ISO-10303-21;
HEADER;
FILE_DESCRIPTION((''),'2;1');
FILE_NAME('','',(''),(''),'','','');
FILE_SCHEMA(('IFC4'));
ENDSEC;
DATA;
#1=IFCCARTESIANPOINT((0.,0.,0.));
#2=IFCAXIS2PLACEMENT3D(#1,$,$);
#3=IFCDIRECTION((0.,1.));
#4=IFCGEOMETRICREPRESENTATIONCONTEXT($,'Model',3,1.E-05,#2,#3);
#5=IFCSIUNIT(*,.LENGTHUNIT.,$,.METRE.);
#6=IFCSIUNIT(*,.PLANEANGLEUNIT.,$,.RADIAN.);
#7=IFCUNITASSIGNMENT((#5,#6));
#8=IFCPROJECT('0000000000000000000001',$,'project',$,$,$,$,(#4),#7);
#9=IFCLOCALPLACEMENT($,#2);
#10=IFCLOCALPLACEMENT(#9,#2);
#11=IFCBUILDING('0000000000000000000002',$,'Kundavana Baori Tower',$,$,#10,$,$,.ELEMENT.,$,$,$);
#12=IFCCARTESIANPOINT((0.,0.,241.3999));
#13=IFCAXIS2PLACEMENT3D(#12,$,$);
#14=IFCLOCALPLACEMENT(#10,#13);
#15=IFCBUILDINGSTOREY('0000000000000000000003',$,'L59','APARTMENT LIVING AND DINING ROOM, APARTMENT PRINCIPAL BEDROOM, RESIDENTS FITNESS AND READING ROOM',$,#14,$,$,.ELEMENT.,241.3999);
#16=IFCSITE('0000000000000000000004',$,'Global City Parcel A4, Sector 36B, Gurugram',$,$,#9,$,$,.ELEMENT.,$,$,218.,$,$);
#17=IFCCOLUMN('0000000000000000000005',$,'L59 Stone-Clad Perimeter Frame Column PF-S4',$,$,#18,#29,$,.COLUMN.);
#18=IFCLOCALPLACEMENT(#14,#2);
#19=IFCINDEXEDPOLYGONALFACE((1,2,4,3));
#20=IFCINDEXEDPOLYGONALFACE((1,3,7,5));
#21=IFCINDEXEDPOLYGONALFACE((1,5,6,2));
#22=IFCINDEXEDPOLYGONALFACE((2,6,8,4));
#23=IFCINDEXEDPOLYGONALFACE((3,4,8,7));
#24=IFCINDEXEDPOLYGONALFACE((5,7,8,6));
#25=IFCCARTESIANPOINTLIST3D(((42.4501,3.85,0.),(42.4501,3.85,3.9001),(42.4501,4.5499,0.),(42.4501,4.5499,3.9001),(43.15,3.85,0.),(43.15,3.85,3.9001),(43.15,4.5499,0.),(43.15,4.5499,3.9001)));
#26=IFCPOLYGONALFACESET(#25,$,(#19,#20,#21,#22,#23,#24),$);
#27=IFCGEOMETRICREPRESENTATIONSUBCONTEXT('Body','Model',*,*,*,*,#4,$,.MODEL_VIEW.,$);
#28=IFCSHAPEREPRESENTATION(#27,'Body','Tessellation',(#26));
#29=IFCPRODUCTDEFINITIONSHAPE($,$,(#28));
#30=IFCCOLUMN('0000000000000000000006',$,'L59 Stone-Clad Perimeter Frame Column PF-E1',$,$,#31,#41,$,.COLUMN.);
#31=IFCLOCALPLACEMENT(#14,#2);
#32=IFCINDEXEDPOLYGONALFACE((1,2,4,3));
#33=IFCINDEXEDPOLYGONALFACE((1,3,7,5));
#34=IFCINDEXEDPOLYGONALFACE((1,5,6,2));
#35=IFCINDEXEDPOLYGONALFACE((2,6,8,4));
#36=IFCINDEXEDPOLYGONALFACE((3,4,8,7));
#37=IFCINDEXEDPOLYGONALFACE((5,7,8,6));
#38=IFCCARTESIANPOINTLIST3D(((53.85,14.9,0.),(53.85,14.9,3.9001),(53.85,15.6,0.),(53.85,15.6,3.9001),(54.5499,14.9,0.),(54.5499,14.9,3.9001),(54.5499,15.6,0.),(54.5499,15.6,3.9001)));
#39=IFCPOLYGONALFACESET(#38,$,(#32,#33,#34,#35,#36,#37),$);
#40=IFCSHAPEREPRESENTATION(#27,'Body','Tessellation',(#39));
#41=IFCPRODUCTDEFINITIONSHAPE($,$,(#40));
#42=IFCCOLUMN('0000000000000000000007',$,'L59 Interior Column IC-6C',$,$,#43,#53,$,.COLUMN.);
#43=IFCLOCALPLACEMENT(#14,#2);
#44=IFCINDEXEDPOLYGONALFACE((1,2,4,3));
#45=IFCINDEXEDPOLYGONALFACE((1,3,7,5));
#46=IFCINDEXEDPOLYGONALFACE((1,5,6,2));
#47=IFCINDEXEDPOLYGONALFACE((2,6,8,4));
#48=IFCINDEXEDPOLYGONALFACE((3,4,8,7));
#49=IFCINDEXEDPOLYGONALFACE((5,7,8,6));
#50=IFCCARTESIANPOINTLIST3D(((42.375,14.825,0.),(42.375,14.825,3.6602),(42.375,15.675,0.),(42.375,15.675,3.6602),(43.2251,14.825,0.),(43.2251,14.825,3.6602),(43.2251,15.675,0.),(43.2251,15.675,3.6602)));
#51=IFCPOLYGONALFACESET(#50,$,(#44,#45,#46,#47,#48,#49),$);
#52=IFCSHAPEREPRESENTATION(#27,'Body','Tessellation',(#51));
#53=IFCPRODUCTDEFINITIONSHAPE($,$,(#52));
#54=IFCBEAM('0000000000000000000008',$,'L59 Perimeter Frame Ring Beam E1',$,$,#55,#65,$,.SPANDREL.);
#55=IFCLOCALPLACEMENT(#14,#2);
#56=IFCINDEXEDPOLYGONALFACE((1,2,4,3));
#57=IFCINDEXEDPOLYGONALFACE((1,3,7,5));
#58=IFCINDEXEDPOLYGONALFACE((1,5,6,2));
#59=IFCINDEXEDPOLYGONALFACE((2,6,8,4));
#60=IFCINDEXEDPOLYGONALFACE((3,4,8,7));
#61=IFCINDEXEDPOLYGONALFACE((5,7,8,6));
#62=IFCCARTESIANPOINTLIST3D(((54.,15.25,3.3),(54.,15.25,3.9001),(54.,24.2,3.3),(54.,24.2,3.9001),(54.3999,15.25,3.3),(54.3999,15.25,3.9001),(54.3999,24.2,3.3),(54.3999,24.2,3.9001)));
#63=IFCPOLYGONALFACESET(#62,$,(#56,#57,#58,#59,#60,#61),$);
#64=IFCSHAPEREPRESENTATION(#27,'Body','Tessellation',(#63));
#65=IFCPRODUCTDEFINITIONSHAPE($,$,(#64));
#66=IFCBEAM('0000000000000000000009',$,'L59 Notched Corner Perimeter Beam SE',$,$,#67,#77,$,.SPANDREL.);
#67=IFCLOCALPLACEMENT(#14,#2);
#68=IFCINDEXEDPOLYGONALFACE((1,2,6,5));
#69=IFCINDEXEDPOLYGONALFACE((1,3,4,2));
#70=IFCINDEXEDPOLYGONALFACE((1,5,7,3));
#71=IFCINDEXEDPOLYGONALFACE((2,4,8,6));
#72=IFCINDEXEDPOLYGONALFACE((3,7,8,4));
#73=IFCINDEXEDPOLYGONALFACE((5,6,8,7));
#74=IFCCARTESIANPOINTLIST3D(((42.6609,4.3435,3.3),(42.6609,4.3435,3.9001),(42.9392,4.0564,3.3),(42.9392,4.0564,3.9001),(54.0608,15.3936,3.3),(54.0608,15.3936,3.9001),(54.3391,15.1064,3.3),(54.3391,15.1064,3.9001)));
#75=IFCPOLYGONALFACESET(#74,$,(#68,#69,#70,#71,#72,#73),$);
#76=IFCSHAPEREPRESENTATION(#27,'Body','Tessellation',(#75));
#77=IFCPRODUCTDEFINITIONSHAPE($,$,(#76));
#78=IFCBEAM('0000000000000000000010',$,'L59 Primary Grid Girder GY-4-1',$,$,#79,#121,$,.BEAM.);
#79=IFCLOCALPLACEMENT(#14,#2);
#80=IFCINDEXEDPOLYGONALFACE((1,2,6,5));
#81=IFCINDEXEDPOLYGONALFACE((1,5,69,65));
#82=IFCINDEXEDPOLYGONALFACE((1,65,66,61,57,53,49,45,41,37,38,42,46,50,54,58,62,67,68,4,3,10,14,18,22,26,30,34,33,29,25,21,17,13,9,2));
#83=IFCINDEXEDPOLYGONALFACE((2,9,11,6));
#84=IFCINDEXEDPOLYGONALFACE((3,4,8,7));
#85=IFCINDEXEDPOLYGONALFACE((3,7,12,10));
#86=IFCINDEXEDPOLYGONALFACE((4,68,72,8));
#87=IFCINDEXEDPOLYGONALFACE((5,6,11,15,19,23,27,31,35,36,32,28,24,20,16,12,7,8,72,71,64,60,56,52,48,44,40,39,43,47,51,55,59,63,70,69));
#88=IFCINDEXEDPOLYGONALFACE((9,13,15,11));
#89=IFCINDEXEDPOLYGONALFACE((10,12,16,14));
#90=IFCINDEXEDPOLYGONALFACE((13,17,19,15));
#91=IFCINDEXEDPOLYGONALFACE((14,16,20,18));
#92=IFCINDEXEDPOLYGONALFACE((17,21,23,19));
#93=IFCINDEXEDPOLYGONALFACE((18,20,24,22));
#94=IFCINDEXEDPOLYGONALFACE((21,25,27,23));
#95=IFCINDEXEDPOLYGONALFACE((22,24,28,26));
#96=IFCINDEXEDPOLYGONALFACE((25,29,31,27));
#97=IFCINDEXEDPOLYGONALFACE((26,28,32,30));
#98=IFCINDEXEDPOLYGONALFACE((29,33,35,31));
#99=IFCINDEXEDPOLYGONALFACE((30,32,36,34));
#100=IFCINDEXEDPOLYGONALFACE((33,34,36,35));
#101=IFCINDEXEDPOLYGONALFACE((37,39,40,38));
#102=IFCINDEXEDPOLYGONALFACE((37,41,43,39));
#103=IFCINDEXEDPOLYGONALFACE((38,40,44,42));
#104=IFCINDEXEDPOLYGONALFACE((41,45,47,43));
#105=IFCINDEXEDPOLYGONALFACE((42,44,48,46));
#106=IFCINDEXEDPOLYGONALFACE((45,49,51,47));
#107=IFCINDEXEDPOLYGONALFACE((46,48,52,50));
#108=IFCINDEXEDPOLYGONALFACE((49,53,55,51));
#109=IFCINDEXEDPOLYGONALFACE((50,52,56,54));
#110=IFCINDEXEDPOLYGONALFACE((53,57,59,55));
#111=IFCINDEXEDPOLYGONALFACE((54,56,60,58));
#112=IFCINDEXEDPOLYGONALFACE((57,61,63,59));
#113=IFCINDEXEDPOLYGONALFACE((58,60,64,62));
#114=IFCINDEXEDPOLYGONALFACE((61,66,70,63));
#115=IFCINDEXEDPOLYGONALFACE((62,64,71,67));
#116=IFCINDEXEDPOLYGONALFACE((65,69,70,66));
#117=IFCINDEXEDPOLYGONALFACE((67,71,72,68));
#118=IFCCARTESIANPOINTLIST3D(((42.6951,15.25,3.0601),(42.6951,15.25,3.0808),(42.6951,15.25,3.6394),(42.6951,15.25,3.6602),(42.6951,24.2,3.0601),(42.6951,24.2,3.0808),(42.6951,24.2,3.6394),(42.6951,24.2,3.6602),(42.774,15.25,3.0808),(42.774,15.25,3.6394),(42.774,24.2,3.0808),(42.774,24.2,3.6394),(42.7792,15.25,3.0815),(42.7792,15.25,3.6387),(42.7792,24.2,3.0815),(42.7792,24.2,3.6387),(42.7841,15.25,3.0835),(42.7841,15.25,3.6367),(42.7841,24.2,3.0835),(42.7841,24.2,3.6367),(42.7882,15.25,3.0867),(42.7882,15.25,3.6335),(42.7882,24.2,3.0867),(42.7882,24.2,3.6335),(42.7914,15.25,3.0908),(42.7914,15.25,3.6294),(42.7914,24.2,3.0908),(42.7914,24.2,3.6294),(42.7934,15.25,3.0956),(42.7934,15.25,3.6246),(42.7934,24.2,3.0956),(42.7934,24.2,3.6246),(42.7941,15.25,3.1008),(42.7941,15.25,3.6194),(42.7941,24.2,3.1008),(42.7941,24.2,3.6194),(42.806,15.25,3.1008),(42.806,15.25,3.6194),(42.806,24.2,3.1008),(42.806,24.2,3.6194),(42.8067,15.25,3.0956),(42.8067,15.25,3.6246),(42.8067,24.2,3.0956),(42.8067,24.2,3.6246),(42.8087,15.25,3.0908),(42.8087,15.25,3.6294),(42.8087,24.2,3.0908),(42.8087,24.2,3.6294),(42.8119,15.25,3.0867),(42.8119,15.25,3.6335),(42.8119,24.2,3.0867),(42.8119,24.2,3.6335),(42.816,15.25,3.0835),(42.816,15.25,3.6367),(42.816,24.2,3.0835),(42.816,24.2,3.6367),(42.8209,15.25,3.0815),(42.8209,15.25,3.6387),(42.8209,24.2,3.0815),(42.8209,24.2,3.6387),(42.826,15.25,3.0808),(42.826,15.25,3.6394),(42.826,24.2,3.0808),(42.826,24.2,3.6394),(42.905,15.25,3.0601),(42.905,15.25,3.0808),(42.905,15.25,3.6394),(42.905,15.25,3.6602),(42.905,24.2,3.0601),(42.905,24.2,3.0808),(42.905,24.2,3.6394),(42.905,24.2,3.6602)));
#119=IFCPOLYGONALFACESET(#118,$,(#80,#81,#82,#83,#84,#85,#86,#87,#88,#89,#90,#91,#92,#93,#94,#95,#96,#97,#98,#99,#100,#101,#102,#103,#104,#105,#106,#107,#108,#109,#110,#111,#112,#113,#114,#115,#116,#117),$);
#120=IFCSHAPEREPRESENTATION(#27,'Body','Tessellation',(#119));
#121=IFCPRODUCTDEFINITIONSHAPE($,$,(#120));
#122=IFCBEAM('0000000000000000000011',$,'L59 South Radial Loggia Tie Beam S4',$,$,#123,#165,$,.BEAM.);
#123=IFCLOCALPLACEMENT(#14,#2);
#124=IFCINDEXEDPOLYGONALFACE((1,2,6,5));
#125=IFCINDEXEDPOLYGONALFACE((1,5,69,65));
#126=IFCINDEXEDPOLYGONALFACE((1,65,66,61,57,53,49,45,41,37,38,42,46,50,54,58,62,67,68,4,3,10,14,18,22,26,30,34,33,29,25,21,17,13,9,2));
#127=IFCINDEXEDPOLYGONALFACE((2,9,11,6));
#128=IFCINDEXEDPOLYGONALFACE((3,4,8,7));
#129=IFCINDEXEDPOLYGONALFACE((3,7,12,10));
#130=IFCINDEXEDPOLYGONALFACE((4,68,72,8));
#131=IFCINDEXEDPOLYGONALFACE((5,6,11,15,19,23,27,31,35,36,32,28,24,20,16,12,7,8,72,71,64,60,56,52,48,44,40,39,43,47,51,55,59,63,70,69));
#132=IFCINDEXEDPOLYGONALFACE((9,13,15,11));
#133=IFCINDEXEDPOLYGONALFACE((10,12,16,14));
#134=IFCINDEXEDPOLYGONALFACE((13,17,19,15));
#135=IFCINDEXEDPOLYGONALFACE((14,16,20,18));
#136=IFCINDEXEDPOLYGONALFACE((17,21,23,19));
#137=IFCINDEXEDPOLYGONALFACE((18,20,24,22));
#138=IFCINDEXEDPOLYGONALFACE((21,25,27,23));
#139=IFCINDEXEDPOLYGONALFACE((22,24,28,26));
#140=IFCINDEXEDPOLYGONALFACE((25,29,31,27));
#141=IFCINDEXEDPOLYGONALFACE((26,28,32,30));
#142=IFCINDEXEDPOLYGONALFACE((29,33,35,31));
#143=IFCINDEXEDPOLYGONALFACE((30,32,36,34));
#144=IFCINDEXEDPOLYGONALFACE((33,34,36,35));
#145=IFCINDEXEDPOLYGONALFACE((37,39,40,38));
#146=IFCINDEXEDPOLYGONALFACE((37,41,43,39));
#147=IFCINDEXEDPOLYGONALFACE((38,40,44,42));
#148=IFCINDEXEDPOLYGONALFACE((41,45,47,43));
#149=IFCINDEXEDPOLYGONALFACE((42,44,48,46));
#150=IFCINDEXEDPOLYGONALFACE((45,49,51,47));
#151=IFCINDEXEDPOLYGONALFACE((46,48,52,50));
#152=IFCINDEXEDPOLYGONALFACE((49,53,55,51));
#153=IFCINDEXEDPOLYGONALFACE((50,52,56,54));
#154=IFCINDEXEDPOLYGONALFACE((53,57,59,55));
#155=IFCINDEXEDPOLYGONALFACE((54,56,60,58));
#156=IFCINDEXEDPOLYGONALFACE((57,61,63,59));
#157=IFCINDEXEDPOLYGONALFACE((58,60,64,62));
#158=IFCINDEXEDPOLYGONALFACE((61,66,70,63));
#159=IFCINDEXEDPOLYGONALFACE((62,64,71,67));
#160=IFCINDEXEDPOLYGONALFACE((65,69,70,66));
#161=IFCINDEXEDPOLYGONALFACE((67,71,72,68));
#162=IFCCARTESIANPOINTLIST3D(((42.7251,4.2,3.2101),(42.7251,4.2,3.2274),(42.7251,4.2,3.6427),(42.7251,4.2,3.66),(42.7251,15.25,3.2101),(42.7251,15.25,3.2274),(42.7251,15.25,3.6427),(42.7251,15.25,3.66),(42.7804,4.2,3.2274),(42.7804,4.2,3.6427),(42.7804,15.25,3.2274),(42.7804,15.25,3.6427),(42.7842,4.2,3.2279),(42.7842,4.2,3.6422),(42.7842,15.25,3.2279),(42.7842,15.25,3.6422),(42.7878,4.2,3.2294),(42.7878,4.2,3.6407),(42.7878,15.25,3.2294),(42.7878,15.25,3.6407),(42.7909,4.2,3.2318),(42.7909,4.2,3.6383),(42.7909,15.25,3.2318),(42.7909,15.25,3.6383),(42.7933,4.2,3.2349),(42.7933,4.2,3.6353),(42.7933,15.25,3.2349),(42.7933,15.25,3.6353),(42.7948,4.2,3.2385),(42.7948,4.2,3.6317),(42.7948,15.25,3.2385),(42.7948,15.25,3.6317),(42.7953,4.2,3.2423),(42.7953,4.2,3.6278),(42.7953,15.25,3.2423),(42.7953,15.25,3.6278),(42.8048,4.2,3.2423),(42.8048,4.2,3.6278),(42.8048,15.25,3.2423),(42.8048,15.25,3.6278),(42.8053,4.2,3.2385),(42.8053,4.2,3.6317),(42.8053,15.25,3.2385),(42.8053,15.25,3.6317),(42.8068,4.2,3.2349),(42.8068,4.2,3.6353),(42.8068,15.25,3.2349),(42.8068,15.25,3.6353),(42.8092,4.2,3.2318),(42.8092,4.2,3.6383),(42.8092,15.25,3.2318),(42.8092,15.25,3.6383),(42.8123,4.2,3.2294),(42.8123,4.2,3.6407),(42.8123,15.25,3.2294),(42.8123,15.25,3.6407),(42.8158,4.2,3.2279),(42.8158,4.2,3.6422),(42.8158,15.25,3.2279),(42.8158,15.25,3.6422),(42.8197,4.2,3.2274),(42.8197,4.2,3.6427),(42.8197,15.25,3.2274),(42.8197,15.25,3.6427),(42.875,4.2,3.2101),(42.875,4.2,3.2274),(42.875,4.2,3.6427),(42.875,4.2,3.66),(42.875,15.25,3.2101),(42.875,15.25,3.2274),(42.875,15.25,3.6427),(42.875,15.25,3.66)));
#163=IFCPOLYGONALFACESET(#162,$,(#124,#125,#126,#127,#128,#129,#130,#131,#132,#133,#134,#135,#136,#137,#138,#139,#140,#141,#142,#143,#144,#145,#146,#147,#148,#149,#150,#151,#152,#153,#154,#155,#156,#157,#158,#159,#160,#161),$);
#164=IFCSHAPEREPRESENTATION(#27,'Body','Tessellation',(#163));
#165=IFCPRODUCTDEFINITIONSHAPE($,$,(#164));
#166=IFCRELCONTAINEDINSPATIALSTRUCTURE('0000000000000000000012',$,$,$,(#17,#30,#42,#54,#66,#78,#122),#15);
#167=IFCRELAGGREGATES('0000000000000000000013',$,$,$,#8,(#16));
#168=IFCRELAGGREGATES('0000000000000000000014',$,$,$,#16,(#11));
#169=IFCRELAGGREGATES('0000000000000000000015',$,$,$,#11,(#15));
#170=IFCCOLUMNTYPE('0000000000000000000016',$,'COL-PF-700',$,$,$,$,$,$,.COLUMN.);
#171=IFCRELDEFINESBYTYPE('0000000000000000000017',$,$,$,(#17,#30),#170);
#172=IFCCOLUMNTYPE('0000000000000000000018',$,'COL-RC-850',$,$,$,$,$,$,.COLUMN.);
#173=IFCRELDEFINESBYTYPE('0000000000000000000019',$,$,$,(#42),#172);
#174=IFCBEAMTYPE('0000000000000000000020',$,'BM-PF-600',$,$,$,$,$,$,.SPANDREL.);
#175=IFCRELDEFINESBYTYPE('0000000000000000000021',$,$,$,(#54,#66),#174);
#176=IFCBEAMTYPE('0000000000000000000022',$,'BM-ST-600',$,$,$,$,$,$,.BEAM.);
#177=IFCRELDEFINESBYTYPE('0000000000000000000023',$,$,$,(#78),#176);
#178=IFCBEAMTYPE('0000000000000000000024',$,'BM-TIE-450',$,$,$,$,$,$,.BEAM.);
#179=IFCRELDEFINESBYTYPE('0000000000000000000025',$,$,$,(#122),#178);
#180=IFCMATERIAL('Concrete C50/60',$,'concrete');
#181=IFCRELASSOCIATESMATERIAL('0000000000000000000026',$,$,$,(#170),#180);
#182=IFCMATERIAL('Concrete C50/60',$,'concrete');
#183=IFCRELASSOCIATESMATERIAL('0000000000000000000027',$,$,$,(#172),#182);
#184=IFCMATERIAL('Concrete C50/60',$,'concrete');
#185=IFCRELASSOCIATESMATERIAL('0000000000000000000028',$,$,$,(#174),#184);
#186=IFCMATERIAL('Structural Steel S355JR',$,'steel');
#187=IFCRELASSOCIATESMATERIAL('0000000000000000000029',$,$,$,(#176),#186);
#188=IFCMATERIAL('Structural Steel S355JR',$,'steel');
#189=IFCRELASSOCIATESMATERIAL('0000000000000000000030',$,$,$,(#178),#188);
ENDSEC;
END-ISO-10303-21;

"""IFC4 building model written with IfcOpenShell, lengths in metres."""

from ifc_helpers import new_model, si_unit, direction, frame, origin, origin_2d, place, context, subcontext, project, spatial, rectangle, i_section, extrude, material, material_profile, profile_set, type_object, element, save


model = new_model("IFC4")

# Units and contexts
model_context = context("Model", 3, precision=1e-05, world=origin(), true_north=direction((0.0, 1.0)))
body_context = subcontext(model_context, "Body", "Model", "MODEL_VIEW")
ifc_project = project(units=[si_unit("LENGTHUNIT", "METRE"), si_unit("PLANEANGLEUNIT", "RADIAN")], contexts=[model_context])

# Site, building, storey
site_placement = place(None, origin())
site = spatial("IfcSite", under=ifc_project, at=site_placement, Name="Global City Parcel A4, Sector 36B, Gurugram", CompositionType="ELEMENT", RefElevation=218.0)
building_placement = place(site_placement, origin())
building = spatial("IfcBuilding", under=site, at=building_placement, Name="Kundavana Baori Tower", CompositionType="ELEMENT")
storey_placement = place(building_placement, frame((0.0, 0.0, 241.3999)))
storey = spatial("IfcBuildingStorey", under=building, at=storey_placement, Name="L59", Description="APARTMENT LIVING AND DINING ROOM, APARTMENT PRINCIPAL BEDROOM, RESIDENTS FITNESS AND READING ROOM", CompositionType="ELEMENT", Elevation=241.3999)

# Columns
ifc_material_1 = material(Name="Concrete C50/60", Category="concrete")
ifc_material_profile_1 = material_profile(ifc_material_1, rectangle(XDim=0.7, YDim=0.7, at=origin_2d()), Name="RC PF 700x700")
ifc_profile_set_1 = profile_set([ifc_material_profile_1], Name="Concrete C50/60")
column_type_1 = type_object("IfcColumnType", Name="COL-PF-700", PredefinedType="COLUMN", material=ifc_profile_set_1)
for number, where, z_axis, x_axis, name in (
    (1, (42.8, 4.2, 0.0), (0.0, 0.0, 1.0), (1.0, 0.0, 0.0), "L59 Stone-Clad Perimeter Frame Column PF-S4"),
    (2, (54.2, 15.25, 0.0), (0.0, 0.0, 1.0), (1.0, 0.0, 0.0), "L59 Stone-Clad Perimeter Frame Column PF-E1"),
):
    element("IfcColumn", number, at=place(storey_placement, frame(where, z_axis=z_axis, x_axis=x_axis)), inside=storey, type_object=column_type_1, Name=name, PredefinedType="COLUMN", context=body_context, shape_type="SweptSolid", body=[
        extrude(rectangle(XDim=0.7, YDim=0.7, at=origin_2d()), origin(), (0.0, 0.0, 1.0), 3.9001),
    ])
ifc_material_2 = material(Name="Concrete C50/60", Category="concrete")
ifc_material_profile_2 = material_profile(ifc_material_2, rectangle(XDim=0.8501, YDim=0.8501, at=origin_2d()), Name="RC 850x850")
ifc_profile_set_2 = profile_set([ifc_material_profile_2], Name="Concrete C50/60")
column_type_2 = type_object("IfcColumnType", Name="COL-RC-850", PredefinedType="COLUMN", material=ifc_profile_set_2)
column_placement = place(storey_placement, frame((42.8, 15.25, 0.0), z_axis=(0.0, 0.0, 1.0), x_axis=(1.0, 0.0, 0.0)))
element("IfcColumn", 3, at=column_placement, inside=storey, type_object=column_type_2, Name="L59 Interior Column IC-6C", PredefinedType="COLUMN", context=body_context, shape_type="SweptSolid", body=[
    extrude(rectangle(XDim=0.8501, YDim=0.8501, at=origin_2d()), origin(), (0.0, 0.0, 1.0), 3.6602),
])

# Beams
ifc_material_3 = material(Name="Concrete C50/60", Category="concrete")
ifc_material_profile_3 = material_profile(ifc_material_3, rectangle(XDim=0.3999, YDim=0.6001, at=origin_2d()), Name="RC BM 400x600")
ifc_profile_set_3 = profile_set([ifc_material_profile_3], Name="Concrete C50/60")
beam_type_1 = type_object("IfcBeamType", Name="BM-PF-600", PredefinedType="SPANDREL", material=ifc_profile_set_3)
beam_1_placement = place(storey_placement, frame((54.2, 15.25, 3.6001), z_axis=(0.0, 1.0, 0.0), x_axis=(-1.0, 0.0, 0.0)))
element("IfcBeam", 4, at=beam_1_placement, inside=storey, type_object=beam_type_1, Name="L59 Perimeter Frame Ring Beam E1", PredefinedType="SPANDREL", context=body_context, shape_type="SweptSolid", body=[
    extrude(rectangle(XDim=0.3999, YDim=0.6001, at=origin_2d()), origin(), (0.0, 0.0, 1.0), 8.95),
])
beam_2_placement = place(storey_placement, frame((42.8, 4.2, 3.6001), z_axis=(0.718039, 0.696003, 0.0), x_axis=(-0.696003, 0.718039, 0.0)))
element("IfcBeam", 5, at=beam_2_placement, inside=storey, type_object=beam_type_1, Name="L59 Notched Corner Perimeter Beam SE", PredefinedType="SPANDREL", context=body_context, shape_type="SweptSolid", body=[
    extrude(rectangle(XDim=0.3999, YDim=0.6001, at=origin_2d()), origin(), (0.0, 0.0, 1.0), 15.8765),
])
ifc_material_4 = material(Name="Structural Steel S355JR", Category="steel")
ifc_material_profile_4 = material_profile(ifc_material_4, i_section(OverallWidth=0.21, OverallDepth=0.6001, WebThickness=0.012, FlangeThickness=0.0208, FilletRadius=0.02, at=origin_2d()), Name="ISMB 600")
ifc_profile_set_4 = profile_set([ifc_material_profile_4], Name="Structural Steel S355JR")
beam_type_2 = type_object("IfcBeamType", Name="BM-ST-600", PredefinedType="BEAM", material=ifc_profile_set_4)
beam_3_placement = place(storey_placement, frame((42.8, 15.25, 3.3601), z_axis=(0.0, 1.0, 0.0), x_axis=(-1.0, 0.0, 0.0)))
element("IfcBeam", 6, at=beam_3_placement, inside=storey, type_object=beam_type_2, Name="L59 Primary Grid Girder GY-4-1", PredefinedType="BEAM", context=body_context, shape_type="SweptSolid", body=[
    extrude(i_section(OverallWidth=0.21, OverallDepth=0.6001, WebThickness=0.012, FlangeThickness=0.0208, FilletRadius=0.02, at=origin_2d()), origin(), (0.0, 0.0, 1.0), 8.95),
])
ifc_material_5 = material(Name="Structural Steel S355JR", Category="steel")
ifc_material_profile_5 = material_profile(ifc_material_5, i_section(OverallWidth=0.1499, OverallDepth=0.45, WebThickness=0.0095, FlangeThickness=0.0173, FilletRadius=0.0149, at=origin_2d()), Name="ISMB 450")
ifc_profile_set_5 = profile_set([ifc_material_profile_5], Name="Structural Steel S355JR")
beam_type_3 = type_object("IfcBeamType", Name="BM-TIE-450", PredefinedType="BEAM", material=ifc_profile_set_5)
beam_4_placement = place(storey_placement, frame((42.8, 15.25, 3.4351), z_axis=(0.0, -1.0, 0.0), x_axis=(1.0, 0.0, 0.0)))
element("IfcBeam", 7, at=beam_4_placement, inside=storey, type_object=beam_type_3, Name="L59 South Radial Loggia Tie Beam S4", PredefinedType="BEAM", context=body_context, shape_type="SweptSolid", body=[
    extrude(i_section(OverallWidth=0.1499, OverallDepth=0.45, WebThickness=0.0095, FlangeThickness=0.0173, FilletRadius=0.0149, at=origin_2d()), origin(), (0.0, 0.0, 1.0), 11.05),
])

save(model, "model.ifc")
